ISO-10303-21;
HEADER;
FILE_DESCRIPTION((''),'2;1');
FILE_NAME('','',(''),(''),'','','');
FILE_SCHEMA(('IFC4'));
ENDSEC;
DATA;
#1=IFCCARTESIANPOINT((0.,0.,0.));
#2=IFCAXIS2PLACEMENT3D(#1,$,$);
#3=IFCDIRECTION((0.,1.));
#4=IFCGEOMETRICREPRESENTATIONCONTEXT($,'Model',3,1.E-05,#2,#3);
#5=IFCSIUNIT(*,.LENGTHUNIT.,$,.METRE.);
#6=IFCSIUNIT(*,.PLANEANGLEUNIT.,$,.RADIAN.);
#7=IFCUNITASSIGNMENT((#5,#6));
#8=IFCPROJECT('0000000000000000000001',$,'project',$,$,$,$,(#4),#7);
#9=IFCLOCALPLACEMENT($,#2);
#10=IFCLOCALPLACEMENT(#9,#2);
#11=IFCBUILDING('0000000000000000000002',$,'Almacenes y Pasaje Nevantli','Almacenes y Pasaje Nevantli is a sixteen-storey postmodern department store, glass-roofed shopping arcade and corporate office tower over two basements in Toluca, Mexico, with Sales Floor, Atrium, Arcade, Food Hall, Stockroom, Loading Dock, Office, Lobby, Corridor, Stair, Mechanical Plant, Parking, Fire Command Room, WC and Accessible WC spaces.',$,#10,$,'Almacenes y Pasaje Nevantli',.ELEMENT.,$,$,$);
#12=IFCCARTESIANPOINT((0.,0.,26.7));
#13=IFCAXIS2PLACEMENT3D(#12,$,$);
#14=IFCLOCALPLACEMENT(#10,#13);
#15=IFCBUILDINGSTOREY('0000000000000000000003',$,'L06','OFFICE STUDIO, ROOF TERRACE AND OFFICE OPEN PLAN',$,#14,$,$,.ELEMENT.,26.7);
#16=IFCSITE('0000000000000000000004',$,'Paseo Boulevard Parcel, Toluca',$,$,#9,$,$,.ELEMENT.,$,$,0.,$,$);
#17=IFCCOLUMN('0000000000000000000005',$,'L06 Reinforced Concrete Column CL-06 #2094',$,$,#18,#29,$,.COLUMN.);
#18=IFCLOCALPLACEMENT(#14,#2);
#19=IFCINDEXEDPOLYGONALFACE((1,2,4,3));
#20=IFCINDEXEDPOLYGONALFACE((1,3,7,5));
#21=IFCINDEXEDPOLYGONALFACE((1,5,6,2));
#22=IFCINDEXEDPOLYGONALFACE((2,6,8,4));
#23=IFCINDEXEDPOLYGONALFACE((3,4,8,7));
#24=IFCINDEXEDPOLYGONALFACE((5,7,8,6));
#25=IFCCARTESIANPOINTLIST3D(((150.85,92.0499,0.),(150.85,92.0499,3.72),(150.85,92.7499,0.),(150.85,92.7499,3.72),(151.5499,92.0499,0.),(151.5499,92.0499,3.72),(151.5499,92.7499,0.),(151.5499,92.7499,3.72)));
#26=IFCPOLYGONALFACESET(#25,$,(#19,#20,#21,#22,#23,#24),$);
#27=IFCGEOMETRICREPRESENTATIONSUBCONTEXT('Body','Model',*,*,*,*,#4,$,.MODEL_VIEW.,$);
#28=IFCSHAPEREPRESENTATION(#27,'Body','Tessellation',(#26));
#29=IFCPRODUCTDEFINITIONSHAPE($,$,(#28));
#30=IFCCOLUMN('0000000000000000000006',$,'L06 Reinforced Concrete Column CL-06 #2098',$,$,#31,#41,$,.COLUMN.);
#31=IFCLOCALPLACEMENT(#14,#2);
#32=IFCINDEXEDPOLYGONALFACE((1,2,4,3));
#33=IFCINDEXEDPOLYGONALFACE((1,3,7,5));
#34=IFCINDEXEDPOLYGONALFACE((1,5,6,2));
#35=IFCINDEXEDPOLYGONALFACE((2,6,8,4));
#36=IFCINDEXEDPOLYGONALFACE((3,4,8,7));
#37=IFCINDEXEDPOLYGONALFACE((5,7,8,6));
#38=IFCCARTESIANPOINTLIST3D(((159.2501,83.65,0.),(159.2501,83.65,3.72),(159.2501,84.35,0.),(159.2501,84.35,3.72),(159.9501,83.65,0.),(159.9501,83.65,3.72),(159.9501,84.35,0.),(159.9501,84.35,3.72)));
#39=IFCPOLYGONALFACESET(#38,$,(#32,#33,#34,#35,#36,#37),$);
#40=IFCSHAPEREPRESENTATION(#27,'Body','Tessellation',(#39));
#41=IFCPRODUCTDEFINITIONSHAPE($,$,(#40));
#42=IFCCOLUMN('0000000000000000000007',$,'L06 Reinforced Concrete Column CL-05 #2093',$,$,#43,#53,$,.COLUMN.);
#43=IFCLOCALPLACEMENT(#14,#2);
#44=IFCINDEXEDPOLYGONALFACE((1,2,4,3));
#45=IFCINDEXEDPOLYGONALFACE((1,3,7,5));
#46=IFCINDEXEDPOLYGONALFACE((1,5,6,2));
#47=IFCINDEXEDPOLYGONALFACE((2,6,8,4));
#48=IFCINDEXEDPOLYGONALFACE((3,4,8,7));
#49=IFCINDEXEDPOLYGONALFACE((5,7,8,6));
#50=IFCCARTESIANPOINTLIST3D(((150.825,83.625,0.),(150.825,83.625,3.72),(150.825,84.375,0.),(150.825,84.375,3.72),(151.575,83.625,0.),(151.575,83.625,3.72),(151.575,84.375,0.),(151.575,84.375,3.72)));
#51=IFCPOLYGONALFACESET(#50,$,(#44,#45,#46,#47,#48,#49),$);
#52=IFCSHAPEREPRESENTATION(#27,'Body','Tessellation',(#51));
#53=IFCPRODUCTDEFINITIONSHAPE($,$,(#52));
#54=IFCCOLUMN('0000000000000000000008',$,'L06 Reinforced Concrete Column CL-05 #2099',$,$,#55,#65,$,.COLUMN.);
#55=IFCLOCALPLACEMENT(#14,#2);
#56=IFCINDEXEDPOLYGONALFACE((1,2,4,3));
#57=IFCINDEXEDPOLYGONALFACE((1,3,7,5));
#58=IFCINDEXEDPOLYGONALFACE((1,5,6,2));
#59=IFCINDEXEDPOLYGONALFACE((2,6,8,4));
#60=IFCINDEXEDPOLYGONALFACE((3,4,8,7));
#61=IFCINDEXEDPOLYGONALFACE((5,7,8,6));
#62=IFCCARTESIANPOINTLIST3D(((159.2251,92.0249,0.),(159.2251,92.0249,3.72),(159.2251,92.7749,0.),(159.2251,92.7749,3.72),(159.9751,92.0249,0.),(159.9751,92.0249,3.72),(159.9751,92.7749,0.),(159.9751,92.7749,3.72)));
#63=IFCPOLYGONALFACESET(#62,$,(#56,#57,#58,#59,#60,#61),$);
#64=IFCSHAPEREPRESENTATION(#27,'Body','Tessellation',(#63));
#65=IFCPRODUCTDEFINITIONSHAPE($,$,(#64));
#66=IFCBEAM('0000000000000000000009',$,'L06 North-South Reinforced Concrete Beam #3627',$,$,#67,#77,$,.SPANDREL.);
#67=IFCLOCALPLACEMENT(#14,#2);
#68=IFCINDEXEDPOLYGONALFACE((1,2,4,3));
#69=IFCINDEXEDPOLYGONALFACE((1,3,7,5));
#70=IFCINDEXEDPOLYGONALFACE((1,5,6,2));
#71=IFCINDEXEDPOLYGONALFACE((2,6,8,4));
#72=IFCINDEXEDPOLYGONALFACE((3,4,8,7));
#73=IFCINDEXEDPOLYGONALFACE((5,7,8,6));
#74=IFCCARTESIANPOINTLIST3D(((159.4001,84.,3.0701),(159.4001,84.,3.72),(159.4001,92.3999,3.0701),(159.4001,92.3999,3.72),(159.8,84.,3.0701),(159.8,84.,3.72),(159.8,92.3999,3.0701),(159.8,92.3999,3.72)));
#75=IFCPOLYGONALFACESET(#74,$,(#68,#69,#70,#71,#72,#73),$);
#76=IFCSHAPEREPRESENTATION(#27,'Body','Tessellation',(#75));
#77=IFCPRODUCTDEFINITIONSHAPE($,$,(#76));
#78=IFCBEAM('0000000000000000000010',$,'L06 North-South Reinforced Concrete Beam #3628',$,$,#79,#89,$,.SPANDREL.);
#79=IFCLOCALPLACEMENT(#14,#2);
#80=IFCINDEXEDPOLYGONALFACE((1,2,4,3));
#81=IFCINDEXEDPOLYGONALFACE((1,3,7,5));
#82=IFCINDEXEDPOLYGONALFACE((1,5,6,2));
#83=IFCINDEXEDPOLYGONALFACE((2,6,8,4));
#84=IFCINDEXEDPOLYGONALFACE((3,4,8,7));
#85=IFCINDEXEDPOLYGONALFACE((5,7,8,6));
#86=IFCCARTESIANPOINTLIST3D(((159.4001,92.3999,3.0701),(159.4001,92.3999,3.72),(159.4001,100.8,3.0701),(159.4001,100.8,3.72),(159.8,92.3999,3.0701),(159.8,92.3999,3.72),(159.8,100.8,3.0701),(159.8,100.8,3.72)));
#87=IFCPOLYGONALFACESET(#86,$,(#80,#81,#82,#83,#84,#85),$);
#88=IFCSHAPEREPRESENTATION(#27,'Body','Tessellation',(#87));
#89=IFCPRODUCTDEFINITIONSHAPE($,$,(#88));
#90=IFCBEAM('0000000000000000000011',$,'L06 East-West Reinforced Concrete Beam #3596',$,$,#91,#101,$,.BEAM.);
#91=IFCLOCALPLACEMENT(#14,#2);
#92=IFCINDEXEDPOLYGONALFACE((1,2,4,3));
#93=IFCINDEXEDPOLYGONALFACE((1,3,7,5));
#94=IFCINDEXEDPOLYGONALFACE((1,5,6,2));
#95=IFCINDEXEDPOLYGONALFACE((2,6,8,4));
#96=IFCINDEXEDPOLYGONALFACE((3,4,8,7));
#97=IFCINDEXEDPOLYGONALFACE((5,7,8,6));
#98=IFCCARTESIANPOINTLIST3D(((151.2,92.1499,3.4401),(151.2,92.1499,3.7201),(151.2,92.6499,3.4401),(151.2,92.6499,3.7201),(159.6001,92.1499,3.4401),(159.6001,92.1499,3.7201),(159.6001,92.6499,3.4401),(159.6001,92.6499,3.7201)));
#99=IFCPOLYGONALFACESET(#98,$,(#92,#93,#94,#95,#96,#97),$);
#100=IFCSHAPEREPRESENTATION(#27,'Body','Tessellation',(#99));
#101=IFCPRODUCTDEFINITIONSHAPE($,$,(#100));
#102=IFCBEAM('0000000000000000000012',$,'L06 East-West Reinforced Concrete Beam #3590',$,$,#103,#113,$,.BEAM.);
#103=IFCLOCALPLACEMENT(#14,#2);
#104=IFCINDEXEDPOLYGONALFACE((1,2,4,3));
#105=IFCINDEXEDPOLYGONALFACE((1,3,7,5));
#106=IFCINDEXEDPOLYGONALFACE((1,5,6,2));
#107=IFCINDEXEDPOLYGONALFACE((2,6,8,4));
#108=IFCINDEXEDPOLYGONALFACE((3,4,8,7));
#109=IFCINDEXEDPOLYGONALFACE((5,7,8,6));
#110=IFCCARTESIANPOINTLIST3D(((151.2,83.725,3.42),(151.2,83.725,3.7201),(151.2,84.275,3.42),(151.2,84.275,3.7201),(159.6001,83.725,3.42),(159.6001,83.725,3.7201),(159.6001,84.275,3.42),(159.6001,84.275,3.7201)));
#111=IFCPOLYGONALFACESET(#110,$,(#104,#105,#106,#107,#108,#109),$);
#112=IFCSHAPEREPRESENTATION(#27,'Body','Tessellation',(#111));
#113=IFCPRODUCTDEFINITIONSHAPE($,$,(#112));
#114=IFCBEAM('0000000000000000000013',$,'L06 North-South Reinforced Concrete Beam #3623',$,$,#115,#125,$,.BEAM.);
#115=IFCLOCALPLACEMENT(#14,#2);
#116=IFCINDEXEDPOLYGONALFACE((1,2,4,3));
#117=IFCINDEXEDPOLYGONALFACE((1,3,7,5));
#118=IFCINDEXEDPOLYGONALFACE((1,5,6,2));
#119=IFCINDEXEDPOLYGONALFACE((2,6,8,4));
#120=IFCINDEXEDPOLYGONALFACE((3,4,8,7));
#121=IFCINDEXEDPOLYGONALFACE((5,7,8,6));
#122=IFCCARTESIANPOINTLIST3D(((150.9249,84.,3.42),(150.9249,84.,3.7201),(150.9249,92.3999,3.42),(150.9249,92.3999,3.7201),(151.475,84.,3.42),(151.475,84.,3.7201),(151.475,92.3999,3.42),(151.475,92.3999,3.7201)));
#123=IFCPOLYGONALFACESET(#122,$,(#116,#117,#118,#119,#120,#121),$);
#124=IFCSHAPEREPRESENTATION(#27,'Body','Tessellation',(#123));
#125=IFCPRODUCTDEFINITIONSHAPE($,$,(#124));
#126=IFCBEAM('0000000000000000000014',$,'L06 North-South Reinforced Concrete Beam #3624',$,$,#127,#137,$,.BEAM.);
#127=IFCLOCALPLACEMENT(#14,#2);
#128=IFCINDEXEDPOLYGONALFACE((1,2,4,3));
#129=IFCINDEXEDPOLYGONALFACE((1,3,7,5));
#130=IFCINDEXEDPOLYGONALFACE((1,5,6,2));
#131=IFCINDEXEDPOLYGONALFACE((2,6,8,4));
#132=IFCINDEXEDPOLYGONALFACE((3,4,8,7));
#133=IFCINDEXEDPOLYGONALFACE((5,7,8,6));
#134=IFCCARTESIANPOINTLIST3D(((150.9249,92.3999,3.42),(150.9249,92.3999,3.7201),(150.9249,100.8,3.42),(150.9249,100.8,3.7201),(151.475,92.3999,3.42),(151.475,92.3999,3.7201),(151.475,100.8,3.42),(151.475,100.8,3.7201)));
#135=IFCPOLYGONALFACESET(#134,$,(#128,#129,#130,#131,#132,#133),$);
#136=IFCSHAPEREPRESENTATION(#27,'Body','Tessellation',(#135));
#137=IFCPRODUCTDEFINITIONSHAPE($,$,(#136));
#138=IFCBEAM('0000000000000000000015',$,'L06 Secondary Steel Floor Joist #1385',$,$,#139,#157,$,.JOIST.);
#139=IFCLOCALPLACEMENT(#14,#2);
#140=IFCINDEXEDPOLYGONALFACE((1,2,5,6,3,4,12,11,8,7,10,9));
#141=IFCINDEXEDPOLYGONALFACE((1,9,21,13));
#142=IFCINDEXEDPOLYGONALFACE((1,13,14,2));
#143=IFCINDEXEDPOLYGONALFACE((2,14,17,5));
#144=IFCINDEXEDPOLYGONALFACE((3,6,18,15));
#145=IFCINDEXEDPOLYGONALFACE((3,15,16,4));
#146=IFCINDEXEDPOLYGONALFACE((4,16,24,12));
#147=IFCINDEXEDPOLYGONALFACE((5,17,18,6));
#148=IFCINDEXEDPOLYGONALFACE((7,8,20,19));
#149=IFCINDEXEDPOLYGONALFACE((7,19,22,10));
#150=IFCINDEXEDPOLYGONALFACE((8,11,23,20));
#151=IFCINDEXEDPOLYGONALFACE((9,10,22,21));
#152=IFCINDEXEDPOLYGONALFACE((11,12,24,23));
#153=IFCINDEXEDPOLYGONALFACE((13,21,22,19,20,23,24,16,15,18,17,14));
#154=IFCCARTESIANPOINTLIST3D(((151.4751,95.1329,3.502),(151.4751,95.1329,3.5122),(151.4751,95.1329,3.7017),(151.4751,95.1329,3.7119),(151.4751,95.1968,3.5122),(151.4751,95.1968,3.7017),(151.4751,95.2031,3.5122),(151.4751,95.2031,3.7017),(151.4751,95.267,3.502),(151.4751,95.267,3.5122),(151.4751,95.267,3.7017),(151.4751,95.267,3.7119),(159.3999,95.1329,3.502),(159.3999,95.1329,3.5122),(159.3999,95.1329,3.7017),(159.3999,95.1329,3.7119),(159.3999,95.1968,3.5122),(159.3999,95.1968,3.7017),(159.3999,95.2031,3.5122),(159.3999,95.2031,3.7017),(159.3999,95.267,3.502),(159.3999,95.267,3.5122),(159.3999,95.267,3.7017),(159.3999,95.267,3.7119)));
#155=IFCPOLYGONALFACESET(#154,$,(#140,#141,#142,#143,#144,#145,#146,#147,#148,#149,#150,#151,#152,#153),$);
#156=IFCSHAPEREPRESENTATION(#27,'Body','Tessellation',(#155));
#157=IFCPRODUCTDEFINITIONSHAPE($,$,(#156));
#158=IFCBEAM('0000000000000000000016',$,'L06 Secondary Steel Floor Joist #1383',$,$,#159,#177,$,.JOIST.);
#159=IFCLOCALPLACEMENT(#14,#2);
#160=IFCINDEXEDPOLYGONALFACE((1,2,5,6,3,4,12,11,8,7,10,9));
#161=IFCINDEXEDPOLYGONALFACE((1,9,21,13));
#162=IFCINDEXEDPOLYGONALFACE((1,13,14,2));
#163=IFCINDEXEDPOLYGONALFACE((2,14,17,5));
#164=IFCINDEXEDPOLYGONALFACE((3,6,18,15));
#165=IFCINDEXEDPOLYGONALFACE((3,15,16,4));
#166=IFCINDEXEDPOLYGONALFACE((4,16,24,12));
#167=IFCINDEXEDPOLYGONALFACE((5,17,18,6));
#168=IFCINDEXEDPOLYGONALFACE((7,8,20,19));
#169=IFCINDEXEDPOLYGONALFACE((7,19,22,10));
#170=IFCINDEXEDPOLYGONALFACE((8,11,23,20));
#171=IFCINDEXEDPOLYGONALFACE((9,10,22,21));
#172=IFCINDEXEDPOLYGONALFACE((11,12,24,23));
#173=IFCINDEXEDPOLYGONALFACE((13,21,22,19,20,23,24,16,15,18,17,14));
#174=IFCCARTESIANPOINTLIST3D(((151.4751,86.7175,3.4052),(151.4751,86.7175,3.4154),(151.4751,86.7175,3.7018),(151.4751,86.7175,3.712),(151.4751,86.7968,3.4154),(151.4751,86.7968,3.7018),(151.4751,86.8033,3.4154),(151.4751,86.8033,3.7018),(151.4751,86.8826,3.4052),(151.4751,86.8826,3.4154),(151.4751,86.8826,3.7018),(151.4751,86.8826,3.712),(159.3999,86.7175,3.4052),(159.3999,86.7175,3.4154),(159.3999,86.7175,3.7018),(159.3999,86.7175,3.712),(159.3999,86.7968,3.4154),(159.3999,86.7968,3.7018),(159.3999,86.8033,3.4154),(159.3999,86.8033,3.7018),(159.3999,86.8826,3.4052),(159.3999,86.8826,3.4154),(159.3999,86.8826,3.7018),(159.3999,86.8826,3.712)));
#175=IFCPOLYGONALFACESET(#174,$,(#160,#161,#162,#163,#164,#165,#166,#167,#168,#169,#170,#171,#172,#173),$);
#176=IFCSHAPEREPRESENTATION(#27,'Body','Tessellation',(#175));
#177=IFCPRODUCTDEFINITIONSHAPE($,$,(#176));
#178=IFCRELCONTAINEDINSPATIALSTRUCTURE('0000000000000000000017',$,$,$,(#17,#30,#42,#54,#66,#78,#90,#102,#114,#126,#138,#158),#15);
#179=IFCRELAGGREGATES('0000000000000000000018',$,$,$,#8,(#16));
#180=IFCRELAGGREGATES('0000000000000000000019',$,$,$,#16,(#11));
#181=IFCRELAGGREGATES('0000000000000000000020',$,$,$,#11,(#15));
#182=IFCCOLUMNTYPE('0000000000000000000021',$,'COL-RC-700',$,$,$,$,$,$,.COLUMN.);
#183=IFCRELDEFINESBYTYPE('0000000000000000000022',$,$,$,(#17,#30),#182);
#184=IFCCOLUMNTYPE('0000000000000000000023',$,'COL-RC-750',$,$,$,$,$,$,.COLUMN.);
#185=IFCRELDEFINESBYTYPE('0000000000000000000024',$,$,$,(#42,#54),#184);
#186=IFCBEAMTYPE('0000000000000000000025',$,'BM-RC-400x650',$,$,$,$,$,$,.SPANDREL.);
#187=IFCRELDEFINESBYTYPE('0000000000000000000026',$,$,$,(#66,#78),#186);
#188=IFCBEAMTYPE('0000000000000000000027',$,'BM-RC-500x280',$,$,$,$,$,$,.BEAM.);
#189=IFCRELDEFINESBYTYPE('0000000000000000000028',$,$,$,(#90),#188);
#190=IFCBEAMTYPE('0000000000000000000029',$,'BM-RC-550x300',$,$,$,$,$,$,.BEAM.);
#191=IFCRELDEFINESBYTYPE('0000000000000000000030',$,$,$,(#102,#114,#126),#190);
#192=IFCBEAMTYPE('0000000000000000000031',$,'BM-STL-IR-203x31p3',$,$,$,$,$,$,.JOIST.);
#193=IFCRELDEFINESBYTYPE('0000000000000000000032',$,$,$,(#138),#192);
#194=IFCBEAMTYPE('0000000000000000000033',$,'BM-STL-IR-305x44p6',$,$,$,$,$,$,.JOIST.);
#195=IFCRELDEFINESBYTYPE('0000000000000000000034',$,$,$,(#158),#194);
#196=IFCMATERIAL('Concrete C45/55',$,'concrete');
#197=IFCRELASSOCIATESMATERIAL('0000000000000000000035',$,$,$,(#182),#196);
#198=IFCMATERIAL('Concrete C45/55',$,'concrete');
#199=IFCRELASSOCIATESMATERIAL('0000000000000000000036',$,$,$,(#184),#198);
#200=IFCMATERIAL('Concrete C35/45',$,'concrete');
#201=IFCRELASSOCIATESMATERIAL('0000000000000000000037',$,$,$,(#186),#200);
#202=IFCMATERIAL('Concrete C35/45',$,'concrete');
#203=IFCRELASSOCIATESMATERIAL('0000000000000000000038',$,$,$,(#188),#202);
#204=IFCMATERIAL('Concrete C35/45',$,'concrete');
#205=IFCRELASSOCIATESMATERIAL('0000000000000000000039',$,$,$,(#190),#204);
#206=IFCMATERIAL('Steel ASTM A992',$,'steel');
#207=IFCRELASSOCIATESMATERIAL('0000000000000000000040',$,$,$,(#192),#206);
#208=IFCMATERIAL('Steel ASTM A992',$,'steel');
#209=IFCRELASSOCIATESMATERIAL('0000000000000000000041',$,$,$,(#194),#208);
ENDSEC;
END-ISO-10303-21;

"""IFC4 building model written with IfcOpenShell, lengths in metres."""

from ifc_helpers import new_model, si_unit, direction, frame, origin, origin_2d, place, context, subcontext, project, spatial, rectangle, i_section, extrude, material, material_profile, profile_set, type_object, element, save


model = new_model("IFC4")

# Units and contexts
model_context = context("Model", 3, precision=1e-05, world=origin(), true_north=direction((0.0, 1.0)))
body_context = subcontext(model_context, "Body", "Model", "MODEL_VIEW")
ifc_project = project(units=[si_unit("LENGTHUNIT", "METRE"), si_unit("PLANEANGLEUNIT", "RADIAN")], contexts=[model_context])

# Site, building, storey
site_placement = place(None, origin())
site = spatial("IfcSite", under=ifc_project, at=site_placement, Name="Paseo Boulevard Parcel, Toluca", CompositionType="ELEMENT", RefElevation=0.0)
building_placement = place(site_placement, origin())
building = spatial("IfcBuilding", under=site, at=building_placement, Name="Almacenes y Pasaje Nevantli", Description="Almacenes y Pasaje Nevantli is a sixteen-storey postmodern department store, glass-roofed shopping arcade and corporate office tower over two basements in Toluca, Mexico, with Sales Floor, Atrium, Arcade, Food Hall, Stockroom, Loading Dock, Office, Lobby, Corridor, Stair, Mechanical Plant, Parking, Fire Command Room, WC and Accessible WC spaces.", LongName="Almacenes y Pasaje Nevantli", CompositionType="ELEMENT")
storey_placement = place(building_placement, frame((0.0, 0.0, 26.7)))
storey = spatial("IfcBuildingStorey", under=building, at=storey_placement, Name="L06", Description="OFFICE STUDIO, ROOF TERRACE AND OFFICE OPEN PLAN", CompositionType="ELEMENT", Elevation=26.7)

# Columns
ifc_material_1 = material(Name="Concrete C45/55", Category="concrete")
ifc_material_profile_1 = material_profile(ifc_material_1, rectangle(XDim=0.7, YDim=0.7, at=origin_2d()), Name="RC-COL-700x700")
ifc_profile_set_1 = profile_set([ifc_material_profile_1], Name="Concrete C45/55")
column_type_1 = type_object("IfcColumnType", Name="COL-RC-700", PredefinedType="COLUMN", material=ifc_profile_set_1)
for number, where, z_axis, x_axis, name in (
    (1, (151.2, 92.3999, 0.0), (0.0, 0.0, 1.0), (1.0, 0.0, 0.0), "L06 Reinforced Concrete Column CL-06 #2094"),
    (2, (159.6001, 84.0, 0.0), (0.0, 0.0, 1.0), (1.0, 0.0, 0.0), "L06 Reinforced Concrete Column CL-06 #2098"),
):
    element("IfcColumn", number, at=place(storey_placement, frame(where, z_axis=z_axis, x_axis=x_axis)), inside=storey, type_object=column_type_1, Name=name, PredefinedType="COLUMN", context=body_context, shape_type="SweptSolid", body=[
        extrude(rectangle(XDim=0.7, YDim=0.7, at=origin_2d()), origin(), (0.0, 0.0, 1.0), 3.72),
    ])
ifc_material_2 = material(Name="Concrete C45/55", Category="concrete")
ifc_material_profile_2 = material_profile(ifc_material_2, rectangle(XDim=0.75, YDim=0.75, at=origin_2d()), Name="RC-COL-750x750")
ifc_profile_set_2 = profile_set([ifc_material_profile_2], Name="Concrete C45/55")
column_type_2 = type_object("IfcColumnType", Name="COL-RC-750", PredefinedType="COLUMN", material=ifc_profile_set_2)
for number, where, z_axis, x_axis, name in (
    (3, (151.2, 84.0, 0.0), (0.0, 0.0, 1.0), (1.0, 0.0, 0.0), "L06 Reinforced Concrete Column CL-05 #2093"),
    (4, (159.6001, 92.3999, 0.0), (0.0, 0.0, 1.0), (1.0, 0.0, 0.0), "L06 Reinforced Concrete Column CL-05 #2099"),
):
    element("IfcColumn", number, at=place(storey_placement, frame(where, z_axis=z_axis, x_axis=x_axis)), inside=storey, type_object=column_type_2, Name=name, PredefinedType="COLUMN", context=body_context, shape_type="SweptSolid", body=[
        extrude(rectangle(XDim=0.75, YDim=0.75, at=origin_2d()), origin(), (0.0, 0.0, 1.0), 3.72),
    ])

# Beams
ifc_material_3 = material(Name="Concrete C35/45", Category="concrete")
ifc_material_profile_3 = material_profile(ifc_material_3, rectangle(XDim=0.3999, YDim=0.6499, at=origin_2d()), Name="RC-BM-400x650")
ifc_profile_set_3 = profile_set([ifc_material_profile_3], Name="Concrete C35/45")
beam_type_1 = type_object("IfcBeamType", Name="BM-RC-400x650", PredefinedType="SPANDREL", material=ifc_profile_set_3)
beam_1_placement = place(storey_placement, frame((159.6001, 84.0, 3.395), z_axis=(0.0, 1.0, 0.0), x_axis=(-1.0, 0.0, 0.0)))
element("IfcBeam", 5, at=beam_1_placement, inside=storey, type_object=beam_type_1, Name="L06 North-South Reinforced Concrete Beam #3627", PredefinedType="SPANDREL", context=body_context, shape_type="SweptSolid", body=[
    extrude(rectangle(XDim=0.3999, YDim=0.6499, at=origin_2d()), origin(), (0.0, 0.0, 1.0), 8.3999),
])
beam_2_placement = place(storey_placement, frame((159.6001, 92.3999, 3.395), z_axis=(0.0, 1.0, 0.0), x_axis=(-1.0, 0.0, 0.0)))
element("IfcBeam", 6, at=beam_2_placement, inside=storey, type_object=beam_type_1, Name="L06 North-South Reinforced Concrete Beam #3628", PredefinedType="SPANDREL", context=body_context, shape_type="SweptSolid", body=[
    extrude(rectangle(XDim=0.3999, YDim=0.6499, at=origin_2d()), origin(), (0.0, 0.0, 1.0), 8.4001),
])
ifc_material_4 = material(Name="Concrete C35/45", Category="concrete")
ifc_material_profile_4 = material_profile(ifc_material_4, rectangle(XDim=0.5, YDim=0.28, at=origin_2d()), Name="RC-BM-500x280")
ifc_profile_set_4 = profile_set([ifc_material_profile_4], Name="Concrete C35/45")
beam_type_2 = type_object("IfcBeamType", Name="BM-RC-500x280", PredefinedType="BEAM", material=ifc_profile_set_4)
beam_3_placement = place(storey_placement, frame((151.2, 92.3999, 3.5801), z_axis=(1.0, 0.0, 0.0), x_axis=(0.0, 1.0, 0.0)))
element("IfcBeam", 7, at=beam_3_placement, inside=storey, type_object=beam_type_2, Name="L06 East-West Reinforced Concrete Beam #3596", PredefinedType="BEAM", context=body_context, shape_type="SweptSolid", body=[
    extrude(rectangle(XDim=0.5, YDim=0.28, at=origin_2d()), origin(), (0.0, 0.0, 1.0), 8.4001),
])
ifc_material_5 = material(Name="Concrete C35/45", Category="concrete")
ifc_material_profile_5 = material_profile(ifc_material_5, rectangle(XDim=0.55, YDim=0.3, at=origin_2d()), Name="RC-BM-550x300")
ifc_profile_set_5 = profile_set([ifc_material_profile_5], Name="Concrete C35/45")
beam_type_3 = type_object("IfcBeamType", Name="BM-RC-550x300", PredefinedType="BEAM", material=ifc_profile_set_5)
beam_4_placement = place(storey_placement, frame((151.2, 84.0, 3.5701), z_axis=(1.0, 0.0, 0.0), x_axis=(0.0, 1.0, 0.0)))
element("IfcBeam", 8, at=beam_4_placement, inside=storey, type_object=beam_type_3, Name="L06 East-West Reinforced Concrete Beam #3590", PredefinedType="BEAM", context=body_context, shape_type="SweptSolid", body=[
    extrude(rectangle(XDim=0.55, YDim=0.3, at=origin_2d()), origin(), (0.0, 0.0, 1.0), 8.4001),
])
beam_5_placement = place(storey_placement, frame((151.2, 84.0, 3.5701), z_axis=(0.0, 1.0, 0.0), x_axis=(-1.0, 0.0, 0.0)))
element("IfcBeam", 9, at=beam_5_placement, inside=storey, type_object=beam_type_3, Name="L06 North-South Reinforced Concrete Beam #3623", PredefinedType="BEAM", context=body_context, shape_type="SweptSolid", body=[
    extrude(rectangle(XDim=0.55, YDim=0.3, at=origin_2d()), origin(), (0.0, 0.0, 1.0), 8.3999),
])
beam_6_placement = place(storey_placement, frame((151.2, 92.3999, 3.5701), z_axis=(0.0, 1.0, 0.0), x_axis=(-1.0, 0.0, 0.0)))
element("IfcBeam", 10, at=beam_6_placement, inside=storey, type_object=beam_type_3, Name="L06 North-South Reinforced Concrete Beam #3624", PredefinedType="BEAM", context=body_context, shape_type="SweptSolid", body=[
    extrude(rectangle(XDim=0.55, YDim=0.3, at=origin_2d()), origin(), (0.0, 0.0, 1.0), 8.4001),
])
ifc_material_6 = material(Name="Steel ASTM A992", Category="steel")
ifc_material_profile_6 = material_profile(ifc_material_6, i_section(OverallWidth=0.134, OverallDepth=0.21, WebThickness=0.0063, FlangeThickness=0.0103, at=origin_2d()), Name="IR 203x31.3")
ifc_profile_set_6 = profile_set([ifc_material_profile_6], Name="Steel ASTM A992")
beam_type_4 = type_object("IfcBeamType", Name="BM-STL-IR-203x31p3", PredefinedType="JOIST", material=ifc_profile_set_6)
beam_7_placement = place(storey_placement, frame((151.4751, 95.2, 3.6069), z_axis=(1.0, 0.0, 0.0), x_axis=(0.0, 1.0, 0.0)))
element("IfcBeam", 11, at=beam_7_placement, inside=storey, type_object=beam_type_4, Name="L06 Secondary Steel Floor Joist #1385", PredefinedType="JOIST", context=body_context, shape_type="SweptSolid", body=[
    extrude(i_section(OverallWidth=0.134, OverallDepth=0.21, WebThickness=0.0063, FlangeThickness=0.0103, at=origin_2d()), origin(), (0.0, 0.0, 1.0), 7.9248),
])
ifc_material_7 = material(Name="Steel ASTM A992", Category="steel")
ifc_material_profile_7 = material_profile(ifc_material_7, i_section(OverallWidth=0.165, OverallDepth=0.3069, WebThickness=0.0066, FlangeThickness=0.0103, at=origin_2d()), Name="IR 305x44.6")
ifc_profile_set_7 = profile_set([ifc_material_profile_7], Name="Steel ASTM A992")
beam_type_5 = type_object("IfcBeamType", Name="BM-STL-IR-305x44p6", PredefinedType="JOIST", material=ifc_profile_set_7)
for number, where, z_axis, x_axis, name in (
    (12, (151.4751, 86.8, 3.5586), (1.0, 0.0, 0.0), (0.0, 1.0, 0.0), "L06 Secondary Steel Floor Joist #1383"),
):
    element("IfcBeam", number, at=place(storey_placement, frame(where, z_axis=z_axis, x_axis=x_axis)), inside=storey, type_object=beam_type_5, Name=name, PredefinedType="JOIST", context=body_context, shape_type="SweptSolid", body=[
        extrude(i_section(OverallWidth=0.165, OverallDepth=0.3069, WebThickness=0.0066, FlangeThickness=0.0103, at=origin_2d()), origin(), (0.0, 0.0, 1.0), 7.9248),
    ])

save(model, "model.ifc")
